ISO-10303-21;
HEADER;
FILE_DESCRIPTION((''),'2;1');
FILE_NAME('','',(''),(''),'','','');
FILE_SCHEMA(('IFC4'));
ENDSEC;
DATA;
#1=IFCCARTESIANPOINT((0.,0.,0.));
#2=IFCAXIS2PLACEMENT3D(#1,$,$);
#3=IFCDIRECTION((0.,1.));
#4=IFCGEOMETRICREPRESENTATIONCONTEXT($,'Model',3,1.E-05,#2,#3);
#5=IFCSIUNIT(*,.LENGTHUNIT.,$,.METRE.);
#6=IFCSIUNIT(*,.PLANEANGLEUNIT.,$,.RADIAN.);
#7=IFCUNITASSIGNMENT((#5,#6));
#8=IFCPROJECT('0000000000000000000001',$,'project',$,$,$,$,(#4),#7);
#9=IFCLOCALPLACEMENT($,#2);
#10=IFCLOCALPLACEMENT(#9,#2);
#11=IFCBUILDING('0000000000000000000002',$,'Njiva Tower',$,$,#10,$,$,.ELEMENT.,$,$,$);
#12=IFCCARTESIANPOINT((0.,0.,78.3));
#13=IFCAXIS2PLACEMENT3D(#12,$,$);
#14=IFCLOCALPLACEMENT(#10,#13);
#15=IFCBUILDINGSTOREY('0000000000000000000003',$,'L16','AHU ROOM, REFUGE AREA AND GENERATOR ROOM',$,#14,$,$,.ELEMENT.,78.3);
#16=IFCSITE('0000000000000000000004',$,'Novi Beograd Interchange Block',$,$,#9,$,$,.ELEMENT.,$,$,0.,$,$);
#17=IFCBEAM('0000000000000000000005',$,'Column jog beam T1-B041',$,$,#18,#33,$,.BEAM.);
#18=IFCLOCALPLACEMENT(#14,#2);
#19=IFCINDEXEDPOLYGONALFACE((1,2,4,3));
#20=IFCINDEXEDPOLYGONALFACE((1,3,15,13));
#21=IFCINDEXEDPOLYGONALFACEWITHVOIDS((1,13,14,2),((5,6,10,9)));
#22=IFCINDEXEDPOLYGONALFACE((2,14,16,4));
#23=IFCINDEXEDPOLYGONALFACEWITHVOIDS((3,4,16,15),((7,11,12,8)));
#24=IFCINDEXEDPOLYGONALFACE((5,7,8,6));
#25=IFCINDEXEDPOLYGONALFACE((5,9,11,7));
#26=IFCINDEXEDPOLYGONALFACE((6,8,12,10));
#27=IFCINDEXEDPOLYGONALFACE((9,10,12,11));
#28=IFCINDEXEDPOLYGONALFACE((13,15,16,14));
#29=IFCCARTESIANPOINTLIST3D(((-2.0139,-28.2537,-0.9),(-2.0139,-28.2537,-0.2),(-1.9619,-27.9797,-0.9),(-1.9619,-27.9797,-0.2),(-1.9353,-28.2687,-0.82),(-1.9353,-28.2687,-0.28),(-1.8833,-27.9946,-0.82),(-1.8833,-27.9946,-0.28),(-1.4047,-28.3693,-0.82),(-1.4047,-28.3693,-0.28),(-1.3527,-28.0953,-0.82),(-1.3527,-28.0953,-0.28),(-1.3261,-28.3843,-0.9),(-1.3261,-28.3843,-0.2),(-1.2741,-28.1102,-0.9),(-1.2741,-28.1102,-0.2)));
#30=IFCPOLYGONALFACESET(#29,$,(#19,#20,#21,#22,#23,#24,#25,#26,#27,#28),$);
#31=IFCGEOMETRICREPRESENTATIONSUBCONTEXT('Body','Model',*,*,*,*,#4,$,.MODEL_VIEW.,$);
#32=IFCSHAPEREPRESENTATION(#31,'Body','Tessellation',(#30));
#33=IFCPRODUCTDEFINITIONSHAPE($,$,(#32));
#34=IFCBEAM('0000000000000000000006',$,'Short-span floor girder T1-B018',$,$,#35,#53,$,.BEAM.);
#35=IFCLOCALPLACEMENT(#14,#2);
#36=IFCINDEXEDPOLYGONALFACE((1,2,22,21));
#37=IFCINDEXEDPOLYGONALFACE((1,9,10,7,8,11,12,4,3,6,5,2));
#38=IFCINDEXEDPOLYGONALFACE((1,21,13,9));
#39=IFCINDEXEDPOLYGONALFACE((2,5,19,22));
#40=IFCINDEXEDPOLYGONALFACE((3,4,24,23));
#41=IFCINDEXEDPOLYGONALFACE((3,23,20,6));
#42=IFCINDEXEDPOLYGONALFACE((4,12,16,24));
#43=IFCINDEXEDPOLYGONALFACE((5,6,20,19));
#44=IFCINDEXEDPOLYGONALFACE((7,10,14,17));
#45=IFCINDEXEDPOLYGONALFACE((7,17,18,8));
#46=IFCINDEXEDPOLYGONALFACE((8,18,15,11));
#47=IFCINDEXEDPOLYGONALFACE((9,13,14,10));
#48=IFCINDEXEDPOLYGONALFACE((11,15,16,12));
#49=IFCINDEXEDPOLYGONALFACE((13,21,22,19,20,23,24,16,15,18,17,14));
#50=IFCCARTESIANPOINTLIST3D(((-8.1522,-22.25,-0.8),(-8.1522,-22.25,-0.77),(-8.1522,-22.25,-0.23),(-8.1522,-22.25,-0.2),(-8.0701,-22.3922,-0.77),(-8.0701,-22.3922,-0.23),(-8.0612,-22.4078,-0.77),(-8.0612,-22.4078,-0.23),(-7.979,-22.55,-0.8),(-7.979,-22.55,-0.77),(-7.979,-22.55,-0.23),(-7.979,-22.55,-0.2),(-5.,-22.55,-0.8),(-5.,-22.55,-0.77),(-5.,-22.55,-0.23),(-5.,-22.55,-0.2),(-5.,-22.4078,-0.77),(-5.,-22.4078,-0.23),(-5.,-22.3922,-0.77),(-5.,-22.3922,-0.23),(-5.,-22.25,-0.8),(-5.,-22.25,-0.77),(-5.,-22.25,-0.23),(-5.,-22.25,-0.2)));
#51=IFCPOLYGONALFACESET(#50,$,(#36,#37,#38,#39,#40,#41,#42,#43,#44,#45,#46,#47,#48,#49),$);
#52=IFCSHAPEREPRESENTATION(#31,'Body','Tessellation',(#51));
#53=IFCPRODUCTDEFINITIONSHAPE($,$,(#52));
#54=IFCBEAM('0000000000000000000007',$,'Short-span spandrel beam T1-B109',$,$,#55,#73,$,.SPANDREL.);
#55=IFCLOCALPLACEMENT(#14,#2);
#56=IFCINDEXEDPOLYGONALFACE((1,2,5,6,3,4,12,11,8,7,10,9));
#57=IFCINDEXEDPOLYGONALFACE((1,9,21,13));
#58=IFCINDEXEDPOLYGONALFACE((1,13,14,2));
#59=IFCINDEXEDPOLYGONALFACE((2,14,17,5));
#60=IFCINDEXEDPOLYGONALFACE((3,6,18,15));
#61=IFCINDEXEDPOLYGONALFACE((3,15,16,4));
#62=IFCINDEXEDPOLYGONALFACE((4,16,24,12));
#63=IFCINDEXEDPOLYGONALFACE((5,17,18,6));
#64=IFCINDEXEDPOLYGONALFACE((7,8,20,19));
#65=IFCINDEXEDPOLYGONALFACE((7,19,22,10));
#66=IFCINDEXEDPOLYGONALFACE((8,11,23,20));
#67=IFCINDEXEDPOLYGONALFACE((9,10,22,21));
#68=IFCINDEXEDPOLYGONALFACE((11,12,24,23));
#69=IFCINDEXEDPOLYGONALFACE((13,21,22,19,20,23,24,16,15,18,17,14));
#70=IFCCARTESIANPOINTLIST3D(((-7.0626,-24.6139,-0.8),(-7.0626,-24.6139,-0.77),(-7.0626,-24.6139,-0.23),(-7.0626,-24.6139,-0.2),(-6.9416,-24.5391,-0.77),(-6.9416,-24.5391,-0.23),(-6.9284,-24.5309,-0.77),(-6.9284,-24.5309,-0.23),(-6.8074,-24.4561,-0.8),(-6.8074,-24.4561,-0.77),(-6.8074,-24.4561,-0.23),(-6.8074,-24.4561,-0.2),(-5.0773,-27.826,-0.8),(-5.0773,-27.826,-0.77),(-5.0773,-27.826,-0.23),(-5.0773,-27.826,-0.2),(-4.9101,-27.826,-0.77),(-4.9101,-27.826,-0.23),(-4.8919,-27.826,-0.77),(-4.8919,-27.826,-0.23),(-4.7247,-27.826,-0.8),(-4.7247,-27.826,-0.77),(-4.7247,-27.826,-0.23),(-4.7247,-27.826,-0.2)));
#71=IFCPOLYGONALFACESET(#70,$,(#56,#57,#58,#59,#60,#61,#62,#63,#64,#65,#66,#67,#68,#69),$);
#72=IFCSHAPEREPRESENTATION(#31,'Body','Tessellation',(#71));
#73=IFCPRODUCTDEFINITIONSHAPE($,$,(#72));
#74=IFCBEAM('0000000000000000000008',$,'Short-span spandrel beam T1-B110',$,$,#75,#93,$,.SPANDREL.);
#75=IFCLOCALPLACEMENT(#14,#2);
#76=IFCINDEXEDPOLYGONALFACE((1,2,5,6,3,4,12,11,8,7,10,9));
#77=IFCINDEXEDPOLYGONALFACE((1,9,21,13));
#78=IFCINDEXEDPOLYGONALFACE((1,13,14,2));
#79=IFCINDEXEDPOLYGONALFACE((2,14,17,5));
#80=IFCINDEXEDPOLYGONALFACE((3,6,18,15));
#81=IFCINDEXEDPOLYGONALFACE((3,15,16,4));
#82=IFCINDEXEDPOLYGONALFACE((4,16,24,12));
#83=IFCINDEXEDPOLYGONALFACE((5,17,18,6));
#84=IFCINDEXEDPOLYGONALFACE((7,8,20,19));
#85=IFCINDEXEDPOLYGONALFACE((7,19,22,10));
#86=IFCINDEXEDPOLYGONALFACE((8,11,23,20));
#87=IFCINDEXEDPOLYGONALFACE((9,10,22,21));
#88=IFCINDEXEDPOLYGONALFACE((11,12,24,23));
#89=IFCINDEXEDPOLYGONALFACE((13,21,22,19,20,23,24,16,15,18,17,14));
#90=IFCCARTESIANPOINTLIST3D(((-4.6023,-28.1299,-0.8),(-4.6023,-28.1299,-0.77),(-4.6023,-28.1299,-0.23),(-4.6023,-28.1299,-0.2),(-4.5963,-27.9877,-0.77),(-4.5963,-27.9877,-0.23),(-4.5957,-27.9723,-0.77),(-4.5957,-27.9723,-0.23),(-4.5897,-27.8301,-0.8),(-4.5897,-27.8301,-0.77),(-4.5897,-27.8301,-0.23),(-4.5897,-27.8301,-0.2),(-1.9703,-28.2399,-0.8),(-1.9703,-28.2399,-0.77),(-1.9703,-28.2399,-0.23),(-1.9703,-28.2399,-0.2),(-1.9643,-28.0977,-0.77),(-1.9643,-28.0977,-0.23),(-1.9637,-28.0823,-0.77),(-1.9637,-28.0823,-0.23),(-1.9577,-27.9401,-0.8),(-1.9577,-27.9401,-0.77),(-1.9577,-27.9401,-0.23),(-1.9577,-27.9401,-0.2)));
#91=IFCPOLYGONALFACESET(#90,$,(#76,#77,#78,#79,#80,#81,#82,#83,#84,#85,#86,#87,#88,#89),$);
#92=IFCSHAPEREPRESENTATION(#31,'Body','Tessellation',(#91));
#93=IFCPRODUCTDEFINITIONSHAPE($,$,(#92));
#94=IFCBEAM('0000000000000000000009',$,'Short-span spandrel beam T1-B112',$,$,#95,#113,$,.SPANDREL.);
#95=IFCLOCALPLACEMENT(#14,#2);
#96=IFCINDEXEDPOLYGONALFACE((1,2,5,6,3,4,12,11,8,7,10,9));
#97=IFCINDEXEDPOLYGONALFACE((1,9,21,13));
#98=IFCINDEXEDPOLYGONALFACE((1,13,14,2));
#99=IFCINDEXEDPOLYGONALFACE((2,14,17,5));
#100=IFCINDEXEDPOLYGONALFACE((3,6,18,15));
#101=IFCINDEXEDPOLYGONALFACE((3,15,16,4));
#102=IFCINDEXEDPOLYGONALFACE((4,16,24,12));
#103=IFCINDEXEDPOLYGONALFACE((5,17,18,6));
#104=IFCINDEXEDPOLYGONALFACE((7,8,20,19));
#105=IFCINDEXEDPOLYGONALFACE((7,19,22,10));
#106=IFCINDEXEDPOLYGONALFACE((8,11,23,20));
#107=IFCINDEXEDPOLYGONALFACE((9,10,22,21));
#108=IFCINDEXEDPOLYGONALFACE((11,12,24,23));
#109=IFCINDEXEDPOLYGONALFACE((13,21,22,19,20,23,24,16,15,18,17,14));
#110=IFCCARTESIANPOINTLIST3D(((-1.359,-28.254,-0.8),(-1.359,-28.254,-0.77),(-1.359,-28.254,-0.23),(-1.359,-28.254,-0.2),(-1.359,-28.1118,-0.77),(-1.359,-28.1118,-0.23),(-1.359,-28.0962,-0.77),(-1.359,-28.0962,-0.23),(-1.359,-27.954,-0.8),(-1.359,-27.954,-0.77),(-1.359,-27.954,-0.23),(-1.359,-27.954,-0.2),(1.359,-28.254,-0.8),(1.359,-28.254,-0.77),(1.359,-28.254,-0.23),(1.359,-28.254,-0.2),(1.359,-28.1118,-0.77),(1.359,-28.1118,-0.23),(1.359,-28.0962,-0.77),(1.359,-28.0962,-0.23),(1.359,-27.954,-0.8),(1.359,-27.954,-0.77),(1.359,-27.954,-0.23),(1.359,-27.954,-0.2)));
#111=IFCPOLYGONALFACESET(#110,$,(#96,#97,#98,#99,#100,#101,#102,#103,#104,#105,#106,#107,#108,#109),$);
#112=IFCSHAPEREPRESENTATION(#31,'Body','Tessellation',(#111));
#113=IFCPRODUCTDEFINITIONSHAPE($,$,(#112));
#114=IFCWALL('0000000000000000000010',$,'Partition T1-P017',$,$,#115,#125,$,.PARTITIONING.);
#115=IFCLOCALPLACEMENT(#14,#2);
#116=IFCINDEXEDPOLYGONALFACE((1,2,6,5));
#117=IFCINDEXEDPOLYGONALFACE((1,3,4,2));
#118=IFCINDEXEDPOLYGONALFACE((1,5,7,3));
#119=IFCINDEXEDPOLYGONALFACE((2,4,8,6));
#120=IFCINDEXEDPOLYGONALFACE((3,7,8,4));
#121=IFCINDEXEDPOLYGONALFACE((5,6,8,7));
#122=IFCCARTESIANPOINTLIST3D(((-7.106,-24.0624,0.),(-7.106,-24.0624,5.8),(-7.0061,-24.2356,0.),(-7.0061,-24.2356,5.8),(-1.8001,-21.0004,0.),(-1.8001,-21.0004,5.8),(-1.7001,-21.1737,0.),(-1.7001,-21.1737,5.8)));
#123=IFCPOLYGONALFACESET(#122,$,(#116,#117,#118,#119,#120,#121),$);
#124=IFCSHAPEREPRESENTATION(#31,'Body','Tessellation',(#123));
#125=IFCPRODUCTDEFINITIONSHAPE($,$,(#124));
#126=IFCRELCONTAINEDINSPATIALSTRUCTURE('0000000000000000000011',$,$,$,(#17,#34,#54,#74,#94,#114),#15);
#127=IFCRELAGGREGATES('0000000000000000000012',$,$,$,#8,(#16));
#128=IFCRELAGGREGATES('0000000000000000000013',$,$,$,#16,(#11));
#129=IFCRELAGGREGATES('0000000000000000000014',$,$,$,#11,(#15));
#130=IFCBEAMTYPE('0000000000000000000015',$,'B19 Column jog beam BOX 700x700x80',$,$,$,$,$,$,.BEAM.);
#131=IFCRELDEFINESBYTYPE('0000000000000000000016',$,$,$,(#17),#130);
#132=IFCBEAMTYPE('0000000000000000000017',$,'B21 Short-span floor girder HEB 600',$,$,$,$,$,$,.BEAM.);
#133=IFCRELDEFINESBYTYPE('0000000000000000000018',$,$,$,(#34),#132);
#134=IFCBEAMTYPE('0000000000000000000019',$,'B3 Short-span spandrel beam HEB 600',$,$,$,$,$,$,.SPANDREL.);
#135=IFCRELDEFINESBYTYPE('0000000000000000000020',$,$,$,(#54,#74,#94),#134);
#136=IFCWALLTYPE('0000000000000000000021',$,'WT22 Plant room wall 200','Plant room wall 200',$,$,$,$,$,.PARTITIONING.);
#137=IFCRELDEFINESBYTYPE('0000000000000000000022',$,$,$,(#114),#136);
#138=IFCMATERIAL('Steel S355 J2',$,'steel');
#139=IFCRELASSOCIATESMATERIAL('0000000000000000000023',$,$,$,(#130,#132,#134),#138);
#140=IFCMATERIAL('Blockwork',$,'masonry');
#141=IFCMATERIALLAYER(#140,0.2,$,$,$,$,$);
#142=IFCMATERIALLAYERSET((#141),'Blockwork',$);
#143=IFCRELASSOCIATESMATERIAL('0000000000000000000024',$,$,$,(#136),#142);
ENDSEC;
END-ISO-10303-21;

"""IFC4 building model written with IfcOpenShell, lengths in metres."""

from ifc_helpers import new_model, si_unit, direction, frame, frame_2d, origin, origin_2d, place, context, subcontext, project, spatial, rectangle, hollow_rectangle, i_section, extrude, clip, halfspace, material, layer, layer_set, material_profile, profile_set, type_object, element, save


model = new_model("IFC4")

# Units and contexts
model_context = context("Model", 3, precision=1e-05, world=origin(), true_north=direction((0.0, 1.0)))
body_context = subcontext(model_context, "Body", "Model", "MODEL_VIEW")
ifc_project = project(units=[si_unit("LENGTHUNIT", "METRE"), si_unit("PLANEANGLEUNIT", "RADIAN")], contexts=[model_context])

# Site, building, storey
site_placement = place(None, origin())
site = spatial("IfcSite", under=ifc_project, at=site_placement, Name="Novi Beograd Interchange Block", CompositionType="ELEMENT", RefElevation=0.0)
building_placement = place(site_placement, origin())
building = spatial("IfcBuilding", under=site, at=building_placement, Name="Njiva Tower", CompositionType="ELEMENT")
storey_placement = place(building_placement, frame((0.0, 0.0, 78.3)))
storey = spatial("IfcBuildingStorey", under=building, at=storey_placement, Name="L16", Description="AHU ROOM, REFUGE AREA AND GENERATOR ROOM", CompositionType="ELEMENT", Elevation=78.3)

# Shared definitions
ifc_material_1 = material(Name="Steel S355 J2", Category="steel")

# Beams
ifc_material_profile_1 = material_profile(ifc_material_1, hollow_rectangle(XDim=0.7, YDim=0.7, WallThickness=0.08, at=origin_2d()), Name="BOX 700x700x80")
ifc_profile_set_1 = profile_set([ifc_material_profile_1], Name="Steel S355 J2")
beam_type_1 = type_object("IfcBeamType", Name="B19 Column jog beam BOX 700x700x80", PredefinedType="BEAM", material=ifc_profile_set_1)
beam_1_placement = place(storey_placement, frame((-1.67, -28.319, -0.55), z_axis=(0.186453, 0.982464, 0.0), x_axis=(-0.982464, 0.186453, 0.0)))
element("IfcBeam", 1, at=beam_1_placement, inside=storey, type_object=beam_type_1, Name="Column jog beam T1-B041", PredefinedType="BEAM", context=body_context, shape_type="SweptSolid", body=[
    extrude(hollow_rectangle(XDim=0.7, YDim=0.7, WallThickness=0.08, at=origin_2d()), origin(), (0.0, 0.0, 1.0), 0.2789),
])
ifc_material_profile_2 = material_profile(ifc_material_1, i_section(OverallWidth=0.3, OverallDepth=0.6, WebThickness=0.0155, FlangeThickness=0.03, at=origin_2d()), Name="HEB 600")
ifc_profile_set_2 = profile_set([ifc_material_profile_2], Name="Steel S355 J2")
beam_type_2 = type_object("IfcBeamType", Name="B21 Short-span floor girder HEB 600", PredefinedType="BEAM", material=ifc_profile_set_2)
beam_2_placement = place(storey_placement, frame((-8.173, -22.4, -0.5), z_axis=(1.0, 0.0, 0.0), x_axis=(0.0, 1.0, 0.0)))
element("IfcBeam", 2, at=beam_2_placement, inside=storey, type_object=beam_type_2, Name="Short-span floor girder T1-B018", PredefinedType="BEAM", context=body_context, shape_type="Clipping", body=[
    clip(extrude(i_section(OverallWidth=0.3, OverallDepth=0.6, WebThickness=0.0155, FlangeThickness=0.03, at=origin_2d()), origin(), (0.0, 0.0, 1.0), 3.173), halfspace(frame((-0.025, 0.0, 0.1218), z_axis=(-0.499998, 0.0, -0.866027), x_axis=(0.0, -1.0, 0.0)), False)),
])
ifc_material_profile_3 = material_profile(ifc_material_1, i_section(OverallWidth=0.3, OverallDepth=0.6, WebThickness=0.0155, FlangeThickness=0.03, at=origin_2d()), Name="HEB 600")
ifc_profile_set_3 = profile_set([ifc_material_profile_3], Name="Steel S355 J2")
beam_type_3 = type_object("IfcBeamType", Name="B3 Short-span spandrel beam HEB 600", PredefinedType="SPANDREL", material=ifc_profile_set_3)
beam_3_placement = place(storey_placement, frame((-6.935, -24.535, -0.5), z_axis=(0.52574, -0.850645, 0.0), x_axis=(0.850645, 0.52574, 0.0)))
element("IfcBeam", 3, at=beam_3_placement, inside=storey, type_object=beam_type_3, Name="Short-span spandrel beam T1-B109", PredefinedType="SPANDREL", context=body_context, shape_type="Clipping", body=[
    clip(extrude(i_section(OverallWidth=0.3, OverallDepth=0.6, WebThickness=0.0155, FlangeThickness=0.03, at=origin_2d()), origin(), (0.0, 0.0, 1.0), 3.9818), halfspace(frame((-0.0259, 0.0, 3.8528), z_axis=(-0.52574, 0.0, 0.850645), x_axis=(0.0, 1.0, 0.0)), False)),
])
beam_4_placement = place(storey_placement, frame((-4.596, -27.98, -0.5), z_axis=(0.999128, -0.041757, 0.0), x_axis=(0.041757, 0.999128, 0.0)))
element("IfcBeam", 4, at=beam_4_placement, inside=storey, type_object=beam_type_3, Name="Short-span spandrel beam T1-B110", PredefinedType="SPANDREL", context=body_context, shape_type="SweptSolid", body=[
    extrude(i_section(OverallWidth=0.3, OverallDepth=0.6, WebThickness=0.0155, FlangeThickness=0.03, at=origin_2d()), origin(), (0.0, 0.0, 1.0), 2.6343),
])
beam_5_placement = place(storey_placement, frame((-1.359, -28.104, -0.5), z_axis=(1.0, 0.0, 0.0), x_axis=(0.0, 1.0, 0.0)))
element("IfcBeam", 5, at=beam_5_placement, inside=storey, type_object=beam_type_3, Name="Short-span spandrel beam T1-B112", PredefinedType="SPANDREL", context=body_context, shape_type="SweptSolid", body=[
    extrude(i_section(OverallWidth=0.3, OverallDepth=0.6, WebThickness=0.0155, FlangeThickness=0.03, at=origin_2d()), origin(), (0.0, 0.0, 1.0), 2.718),
])

# Wall
ifc_material_2 = material(Name="Blockwork", Category="masonry")
ifc_layer_1 = layer(ifc_material_2, 0.2)
ifc_layer_set_1 = layer_set([ifc_layer_1], Name="Blockwork")
wall_type_1 = type_object("IfcWallType", Name="WT22 Plant room wall 200", Description="Plant room wall 200", PredefinedType="PARTITIONING", material=ifc_layer_set_1)
wall_1_placement = place(storey_placement, frame((-7.056, -24.149, 0.0), z_axis=(0.0, 0.0, 1.0), x_axis=(0.866126, 0.499826, 0.0)))
element("IfcWall", 6, at=wall_1_placement, inside=storey, type_object=wall_type_1, Name="Partition T1-P017", PredefinedType="PARTITIONING", context=body_context, shape_type="SweptSolid", body=[
    extrude(rectangle(XDim=6.1261, YDim=0.2, at=frame_2d((3.063, 0.0))), origin(), (0.0, 0.0, 1.0), 5.8),
])

save(model, "model.ifc")
